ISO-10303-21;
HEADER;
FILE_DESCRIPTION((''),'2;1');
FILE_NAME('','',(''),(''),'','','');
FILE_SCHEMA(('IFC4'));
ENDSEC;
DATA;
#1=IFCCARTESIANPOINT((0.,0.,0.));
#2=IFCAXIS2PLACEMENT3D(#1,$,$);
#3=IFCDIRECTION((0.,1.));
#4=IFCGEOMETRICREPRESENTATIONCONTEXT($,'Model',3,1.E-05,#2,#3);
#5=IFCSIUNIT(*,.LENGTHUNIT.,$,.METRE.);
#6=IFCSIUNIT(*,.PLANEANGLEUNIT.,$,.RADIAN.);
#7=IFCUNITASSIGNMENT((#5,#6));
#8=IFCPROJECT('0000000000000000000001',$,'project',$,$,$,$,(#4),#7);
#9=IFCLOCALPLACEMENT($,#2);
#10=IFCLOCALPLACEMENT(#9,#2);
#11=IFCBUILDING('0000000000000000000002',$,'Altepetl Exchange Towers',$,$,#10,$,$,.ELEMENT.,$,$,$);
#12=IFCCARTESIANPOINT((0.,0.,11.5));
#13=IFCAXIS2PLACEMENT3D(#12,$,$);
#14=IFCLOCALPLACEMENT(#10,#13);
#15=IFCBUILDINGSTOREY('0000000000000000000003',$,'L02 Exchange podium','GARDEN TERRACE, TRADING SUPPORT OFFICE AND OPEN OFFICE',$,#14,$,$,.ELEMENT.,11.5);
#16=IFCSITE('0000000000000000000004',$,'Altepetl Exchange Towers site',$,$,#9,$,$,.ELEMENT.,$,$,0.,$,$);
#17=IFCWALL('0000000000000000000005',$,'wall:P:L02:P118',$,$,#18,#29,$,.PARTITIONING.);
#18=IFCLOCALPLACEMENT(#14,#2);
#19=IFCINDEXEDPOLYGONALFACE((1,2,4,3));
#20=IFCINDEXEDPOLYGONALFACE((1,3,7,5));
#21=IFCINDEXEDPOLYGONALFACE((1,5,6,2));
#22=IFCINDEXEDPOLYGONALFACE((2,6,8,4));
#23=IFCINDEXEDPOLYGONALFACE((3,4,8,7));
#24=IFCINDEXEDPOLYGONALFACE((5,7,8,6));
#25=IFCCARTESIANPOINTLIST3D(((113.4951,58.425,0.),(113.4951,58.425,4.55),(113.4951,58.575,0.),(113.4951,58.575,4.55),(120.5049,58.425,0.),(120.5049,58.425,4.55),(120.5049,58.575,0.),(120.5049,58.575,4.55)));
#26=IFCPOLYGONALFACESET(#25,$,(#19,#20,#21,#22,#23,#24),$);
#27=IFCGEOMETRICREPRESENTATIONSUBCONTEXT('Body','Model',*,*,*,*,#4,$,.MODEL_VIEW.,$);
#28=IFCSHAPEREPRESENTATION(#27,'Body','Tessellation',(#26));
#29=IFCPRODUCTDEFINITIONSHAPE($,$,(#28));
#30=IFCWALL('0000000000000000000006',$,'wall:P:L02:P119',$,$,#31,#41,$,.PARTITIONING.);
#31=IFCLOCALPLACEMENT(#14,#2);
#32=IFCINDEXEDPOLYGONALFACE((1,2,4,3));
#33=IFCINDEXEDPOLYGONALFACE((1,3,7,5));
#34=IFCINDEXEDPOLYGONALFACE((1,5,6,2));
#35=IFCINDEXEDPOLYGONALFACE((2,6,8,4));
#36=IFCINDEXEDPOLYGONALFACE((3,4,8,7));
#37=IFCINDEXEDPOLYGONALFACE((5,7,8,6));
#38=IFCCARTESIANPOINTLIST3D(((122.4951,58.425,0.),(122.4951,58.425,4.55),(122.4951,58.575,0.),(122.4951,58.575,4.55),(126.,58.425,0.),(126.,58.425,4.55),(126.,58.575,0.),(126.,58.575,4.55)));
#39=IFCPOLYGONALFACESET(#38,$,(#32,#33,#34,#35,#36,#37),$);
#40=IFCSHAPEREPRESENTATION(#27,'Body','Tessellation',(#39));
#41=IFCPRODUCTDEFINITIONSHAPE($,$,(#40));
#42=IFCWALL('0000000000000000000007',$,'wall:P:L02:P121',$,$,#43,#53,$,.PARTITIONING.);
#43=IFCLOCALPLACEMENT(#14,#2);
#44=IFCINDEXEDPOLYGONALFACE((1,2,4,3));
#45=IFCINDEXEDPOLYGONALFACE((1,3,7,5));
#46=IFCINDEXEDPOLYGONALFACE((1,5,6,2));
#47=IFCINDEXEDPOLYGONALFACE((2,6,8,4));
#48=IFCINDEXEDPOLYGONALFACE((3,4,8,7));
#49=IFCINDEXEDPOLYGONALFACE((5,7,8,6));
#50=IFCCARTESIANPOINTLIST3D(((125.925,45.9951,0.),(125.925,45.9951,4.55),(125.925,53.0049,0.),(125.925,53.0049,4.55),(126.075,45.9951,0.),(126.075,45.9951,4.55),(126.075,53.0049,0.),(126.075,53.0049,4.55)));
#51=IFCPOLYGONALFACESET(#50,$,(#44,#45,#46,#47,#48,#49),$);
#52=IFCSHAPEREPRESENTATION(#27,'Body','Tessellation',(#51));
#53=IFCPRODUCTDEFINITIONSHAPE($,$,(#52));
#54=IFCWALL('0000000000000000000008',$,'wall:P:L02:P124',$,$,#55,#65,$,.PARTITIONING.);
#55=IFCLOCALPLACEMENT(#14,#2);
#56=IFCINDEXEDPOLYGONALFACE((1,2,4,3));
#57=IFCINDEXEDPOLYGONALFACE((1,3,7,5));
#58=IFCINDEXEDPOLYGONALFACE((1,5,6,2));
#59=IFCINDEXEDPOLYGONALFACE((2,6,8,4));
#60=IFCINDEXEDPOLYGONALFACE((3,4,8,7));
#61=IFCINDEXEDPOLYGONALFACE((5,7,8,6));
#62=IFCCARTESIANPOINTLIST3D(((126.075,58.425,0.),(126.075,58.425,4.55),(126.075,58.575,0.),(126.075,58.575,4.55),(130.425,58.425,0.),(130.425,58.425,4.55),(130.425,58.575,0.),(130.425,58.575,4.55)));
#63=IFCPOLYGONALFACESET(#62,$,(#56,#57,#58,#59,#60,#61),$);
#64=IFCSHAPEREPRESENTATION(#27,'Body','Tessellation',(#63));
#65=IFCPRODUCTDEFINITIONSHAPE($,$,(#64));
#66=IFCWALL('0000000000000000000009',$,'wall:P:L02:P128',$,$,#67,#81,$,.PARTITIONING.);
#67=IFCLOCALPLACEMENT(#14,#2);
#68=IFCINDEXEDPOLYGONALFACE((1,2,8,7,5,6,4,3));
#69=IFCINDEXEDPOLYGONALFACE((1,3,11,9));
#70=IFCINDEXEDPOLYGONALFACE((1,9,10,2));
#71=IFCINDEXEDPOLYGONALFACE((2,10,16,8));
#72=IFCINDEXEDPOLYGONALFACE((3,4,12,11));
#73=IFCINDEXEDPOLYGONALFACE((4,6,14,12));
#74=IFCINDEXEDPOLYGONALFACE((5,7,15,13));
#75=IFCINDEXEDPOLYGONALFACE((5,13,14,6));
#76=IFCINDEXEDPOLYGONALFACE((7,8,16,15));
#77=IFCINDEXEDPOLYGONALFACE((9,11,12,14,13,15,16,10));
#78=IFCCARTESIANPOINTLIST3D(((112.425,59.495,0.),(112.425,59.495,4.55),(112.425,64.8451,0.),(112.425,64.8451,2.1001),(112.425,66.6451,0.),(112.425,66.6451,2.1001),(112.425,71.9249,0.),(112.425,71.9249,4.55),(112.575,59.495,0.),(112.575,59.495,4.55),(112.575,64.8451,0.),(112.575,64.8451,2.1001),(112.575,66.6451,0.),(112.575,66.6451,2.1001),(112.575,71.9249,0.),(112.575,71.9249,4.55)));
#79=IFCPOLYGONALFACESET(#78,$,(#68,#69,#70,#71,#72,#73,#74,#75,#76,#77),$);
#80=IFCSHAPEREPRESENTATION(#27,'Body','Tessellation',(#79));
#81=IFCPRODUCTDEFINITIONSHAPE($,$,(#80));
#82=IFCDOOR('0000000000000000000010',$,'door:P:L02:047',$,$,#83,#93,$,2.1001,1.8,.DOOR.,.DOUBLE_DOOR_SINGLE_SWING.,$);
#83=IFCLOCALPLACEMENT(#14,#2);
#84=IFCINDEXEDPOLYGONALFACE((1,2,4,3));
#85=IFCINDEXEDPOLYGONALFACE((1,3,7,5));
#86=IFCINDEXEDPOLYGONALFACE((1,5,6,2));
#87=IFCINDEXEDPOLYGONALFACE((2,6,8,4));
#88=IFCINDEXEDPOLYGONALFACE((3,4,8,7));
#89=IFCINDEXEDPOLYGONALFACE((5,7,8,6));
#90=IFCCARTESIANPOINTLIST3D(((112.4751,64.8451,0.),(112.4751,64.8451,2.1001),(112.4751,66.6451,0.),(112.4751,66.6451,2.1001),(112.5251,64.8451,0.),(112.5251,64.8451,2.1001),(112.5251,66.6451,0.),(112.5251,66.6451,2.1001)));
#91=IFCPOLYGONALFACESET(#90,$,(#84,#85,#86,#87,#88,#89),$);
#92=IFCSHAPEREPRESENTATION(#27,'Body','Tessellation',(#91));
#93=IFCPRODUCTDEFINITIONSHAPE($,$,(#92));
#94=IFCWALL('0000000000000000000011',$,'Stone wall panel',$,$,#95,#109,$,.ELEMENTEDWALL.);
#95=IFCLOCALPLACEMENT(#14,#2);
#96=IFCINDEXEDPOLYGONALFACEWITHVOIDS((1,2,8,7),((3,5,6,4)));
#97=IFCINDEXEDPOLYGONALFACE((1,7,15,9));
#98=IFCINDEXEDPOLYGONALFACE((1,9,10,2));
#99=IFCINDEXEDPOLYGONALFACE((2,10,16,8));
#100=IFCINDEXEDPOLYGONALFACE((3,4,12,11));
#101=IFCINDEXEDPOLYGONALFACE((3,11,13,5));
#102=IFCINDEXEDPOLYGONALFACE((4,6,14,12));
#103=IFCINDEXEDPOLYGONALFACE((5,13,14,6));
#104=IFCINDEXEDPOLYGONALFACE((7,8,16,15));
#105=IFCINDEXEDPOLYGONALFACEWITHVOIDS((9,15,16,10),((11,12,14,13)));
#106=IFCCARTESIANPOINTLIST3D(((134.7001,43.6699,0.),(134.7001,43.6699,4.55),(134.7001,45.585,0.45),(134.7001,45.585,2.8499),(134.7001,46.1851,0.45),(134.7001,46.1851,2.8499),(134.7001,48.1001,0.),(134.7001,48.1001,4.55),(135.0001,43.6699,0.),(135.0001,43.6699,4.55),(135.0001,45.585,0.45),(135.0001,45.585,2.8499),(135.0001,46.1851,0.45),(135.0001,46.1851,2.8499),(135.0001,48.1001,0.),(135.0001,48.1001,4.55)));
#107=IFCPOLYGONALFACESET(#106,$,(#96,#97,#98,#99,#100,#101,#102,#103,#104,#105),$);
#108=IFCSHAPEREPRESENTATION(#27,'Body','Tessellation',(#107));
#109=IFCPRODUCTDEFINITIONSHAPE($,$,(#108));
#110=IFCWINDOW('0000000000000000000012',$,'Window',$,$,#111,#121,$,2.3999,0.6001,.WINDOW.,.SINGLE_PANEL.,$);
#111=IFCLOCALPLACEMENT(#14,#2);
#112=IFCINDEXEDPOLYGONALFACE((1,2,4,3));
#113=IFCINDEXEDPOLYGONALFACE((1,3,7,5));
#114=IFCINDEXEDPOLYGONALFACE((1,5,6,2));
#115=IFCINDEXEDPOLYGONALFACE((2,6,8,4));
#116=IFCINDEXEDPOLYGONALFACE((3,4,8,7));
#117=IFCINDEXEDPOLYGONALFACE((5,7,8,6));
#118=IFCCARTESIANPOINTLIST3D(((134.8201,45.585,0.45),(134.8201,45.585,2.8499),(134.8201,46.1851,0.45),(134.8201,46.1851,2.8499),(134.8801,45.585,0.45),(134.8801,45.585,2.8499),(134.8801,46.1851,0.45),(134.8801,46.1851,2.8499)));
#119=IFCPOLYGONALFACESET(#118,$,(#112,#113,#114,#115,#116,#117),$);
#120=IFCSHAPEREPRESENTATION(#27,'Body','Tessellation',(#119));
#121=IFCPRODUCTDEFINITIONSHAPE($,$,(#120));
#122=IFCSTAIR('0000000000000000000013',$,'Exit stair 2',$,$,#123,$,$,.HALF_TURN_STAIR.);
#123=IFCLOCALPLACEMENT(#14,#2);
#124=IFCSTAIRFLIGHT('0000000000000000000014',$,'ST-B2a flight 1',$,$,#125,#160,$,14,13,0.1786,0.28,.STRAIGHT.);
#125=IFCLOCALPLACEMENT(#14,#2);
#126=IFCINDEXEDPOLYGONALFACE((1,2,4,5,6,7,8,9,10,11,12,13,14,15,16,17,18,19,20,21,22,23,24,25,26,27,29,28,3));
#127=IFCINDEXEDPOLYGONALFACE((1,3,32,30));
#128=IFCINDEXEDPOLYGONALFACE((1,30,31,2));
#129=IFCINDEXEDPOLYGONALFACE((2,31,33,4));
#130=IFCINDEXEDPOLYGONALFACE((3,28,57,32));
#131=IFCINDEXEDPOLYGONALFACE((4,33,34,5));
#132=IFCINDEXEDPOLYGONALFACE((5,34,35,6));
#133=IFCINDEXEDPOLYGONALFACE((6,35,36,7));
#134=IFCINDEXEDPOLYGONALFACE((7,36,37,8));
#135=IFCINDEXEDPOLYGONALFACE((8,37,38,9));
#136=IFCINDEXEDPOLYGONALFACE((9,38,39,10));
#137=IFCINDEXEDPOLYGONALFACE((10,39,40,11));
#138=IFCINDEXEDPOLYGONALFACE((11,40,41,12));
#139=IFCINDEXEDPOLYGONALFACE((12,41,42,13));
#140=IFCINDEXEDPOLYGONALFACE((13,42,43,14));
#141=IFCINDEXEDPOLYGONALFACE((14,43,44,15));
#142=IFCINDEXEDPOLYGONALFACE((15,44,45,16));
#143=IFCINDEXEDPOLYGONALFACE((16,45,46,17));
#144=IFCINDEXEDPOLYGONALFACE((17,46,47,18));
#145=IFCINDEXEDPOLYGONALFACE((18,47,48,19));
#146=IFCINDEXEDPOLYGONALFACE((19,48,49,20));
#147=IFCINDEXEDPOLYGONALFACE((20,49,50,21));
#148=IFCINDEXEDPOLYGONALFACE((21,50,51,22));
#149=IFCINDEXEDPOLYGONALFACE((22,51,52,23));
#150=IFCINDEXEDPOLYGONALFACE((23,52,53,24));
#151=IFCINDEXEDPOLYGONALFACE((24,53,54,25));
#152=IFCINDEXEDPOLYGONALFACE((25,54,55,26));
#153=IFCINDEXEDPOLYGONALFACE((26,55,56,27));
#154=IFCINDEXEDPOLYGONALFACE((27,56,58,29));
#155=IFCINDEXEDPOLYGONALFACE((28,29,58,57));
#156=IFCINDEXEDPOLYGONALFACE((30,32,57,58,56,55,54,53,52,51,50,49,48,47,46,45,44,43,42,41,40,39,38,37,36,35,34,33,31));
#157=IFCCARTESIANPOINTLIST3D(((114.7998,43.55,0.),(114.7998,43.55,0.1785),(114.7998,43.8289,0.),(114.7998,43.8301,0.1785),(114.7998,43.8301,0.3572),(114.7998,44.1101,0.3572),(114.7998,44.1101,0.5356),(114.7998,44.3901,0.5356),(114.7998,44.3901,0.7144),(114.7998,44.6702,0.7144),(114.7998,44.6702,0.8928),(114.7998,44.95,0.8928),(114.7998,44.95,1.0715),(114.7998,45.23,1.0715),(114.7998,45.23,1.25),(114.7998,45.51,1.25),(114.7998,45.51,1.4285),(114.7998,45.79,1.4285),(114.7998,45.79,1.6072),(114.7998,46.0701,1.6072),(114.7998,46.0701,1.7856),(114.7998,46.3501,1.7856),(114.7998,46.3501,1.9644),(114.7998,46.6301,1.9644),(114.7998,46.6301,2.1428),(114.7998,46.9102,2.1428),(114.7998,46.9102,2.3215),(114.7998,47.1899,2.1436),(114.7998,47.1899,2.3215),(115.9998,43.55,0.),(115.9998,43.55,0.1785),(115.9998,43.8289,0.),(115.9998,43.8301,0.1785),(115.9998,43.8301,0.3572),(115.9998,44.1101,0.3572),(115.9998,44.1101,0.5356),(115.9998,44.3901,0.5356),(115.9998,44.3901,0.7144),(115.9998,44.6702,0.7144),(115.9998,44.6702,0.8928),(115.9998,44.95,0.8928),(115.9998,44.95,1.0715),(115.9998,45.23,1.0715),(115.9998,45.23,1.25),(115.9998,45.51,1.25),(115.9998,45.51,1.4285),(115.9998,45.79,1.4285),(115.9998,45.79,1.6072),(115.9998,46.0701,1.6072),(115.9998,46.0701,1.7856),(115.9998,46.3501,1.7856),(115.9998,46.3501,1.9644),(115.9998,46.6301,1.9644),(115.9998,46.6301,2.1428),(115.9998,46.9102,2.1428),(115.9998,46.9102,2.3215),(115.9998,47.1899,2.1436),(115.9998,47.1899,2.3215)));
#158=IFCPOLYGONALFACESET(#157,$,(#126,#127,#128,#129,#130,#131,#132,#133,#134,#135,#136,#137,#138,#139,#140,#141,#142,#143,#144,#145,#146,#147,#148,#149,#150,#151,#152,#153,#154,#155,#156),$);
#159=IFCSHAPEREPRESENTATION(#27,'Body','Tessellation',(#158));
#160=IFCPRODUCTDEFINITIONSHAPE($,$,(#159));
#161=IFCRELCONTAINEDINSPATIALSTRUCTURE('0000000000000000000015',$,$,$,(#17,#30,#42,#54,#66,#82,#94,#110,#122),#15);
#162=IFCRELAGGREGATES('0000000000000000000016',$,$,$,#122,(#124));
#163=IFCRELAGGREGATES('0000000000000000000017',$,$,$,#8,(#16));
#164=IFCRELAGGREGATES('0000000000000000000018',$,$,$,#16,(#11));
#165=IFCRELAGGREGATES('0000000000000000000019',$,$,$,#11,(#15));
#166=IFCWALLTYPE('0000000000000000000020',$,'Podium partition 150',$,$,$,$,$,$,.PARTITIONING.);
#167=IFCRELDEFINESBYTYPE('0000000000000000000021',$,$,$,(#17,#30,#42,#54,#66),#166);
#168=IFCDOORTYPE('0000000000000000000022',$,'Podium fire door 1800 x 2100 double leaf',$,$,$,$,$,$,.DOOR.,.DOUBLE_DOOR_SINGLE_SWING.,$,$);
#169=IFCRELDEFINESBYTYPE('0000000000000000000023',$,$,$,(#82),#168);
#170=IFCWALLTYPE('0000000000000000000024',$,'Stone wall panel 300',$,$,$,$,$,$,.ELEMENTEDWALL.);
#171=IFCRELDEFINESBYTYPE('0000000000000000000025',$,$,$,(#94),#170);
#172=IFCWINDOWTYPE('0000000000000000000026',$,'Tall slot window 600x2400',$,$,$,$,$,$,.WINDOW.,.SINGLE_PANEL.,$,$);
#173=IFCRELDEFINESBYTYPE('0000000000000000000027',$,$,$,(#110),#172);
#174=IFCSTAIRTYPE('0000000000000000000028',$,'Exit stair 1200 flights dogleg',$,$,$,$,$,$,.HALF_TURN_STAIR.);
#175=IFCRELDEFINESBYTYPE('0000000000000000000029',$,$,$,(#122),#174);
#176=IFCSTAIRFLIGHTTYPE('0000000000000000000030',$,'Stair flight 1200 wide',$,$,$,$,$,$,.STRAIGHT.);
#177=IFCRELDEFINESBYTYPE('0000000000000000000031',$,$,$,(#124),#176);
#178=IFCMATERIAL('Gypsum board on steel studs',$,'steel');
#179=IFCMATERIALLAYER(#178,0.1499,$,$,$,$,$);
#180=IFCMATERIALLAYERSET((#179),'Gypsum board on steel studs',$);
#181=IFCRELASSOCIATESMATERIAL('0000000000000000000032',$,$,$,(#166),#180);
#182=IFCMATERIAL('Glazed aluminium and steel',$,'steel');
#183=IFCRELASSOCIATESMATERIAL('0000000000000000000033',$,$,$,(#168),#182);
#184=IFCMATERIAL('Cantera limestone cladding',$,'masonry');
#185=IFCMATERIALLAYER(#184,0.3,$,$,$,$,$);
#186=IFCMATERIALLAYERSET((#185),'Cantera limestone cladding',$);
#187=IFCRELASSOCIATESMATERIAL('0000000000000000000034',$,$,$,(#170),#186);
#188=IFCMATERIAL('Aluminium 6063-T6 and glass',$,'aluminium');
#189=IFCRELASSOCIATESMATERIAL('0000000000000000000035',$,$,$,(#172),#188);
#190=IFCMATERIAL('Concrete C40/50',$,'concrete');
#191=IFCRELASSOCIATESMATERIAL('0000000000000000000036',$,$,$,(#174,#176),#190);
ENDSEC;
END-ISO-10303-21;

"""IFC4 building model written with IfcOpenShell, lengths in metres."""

from ifc_helpers import new_model, si_unit, direction, frame, frame_2d, origin, place, context, subcontext, project, spatial, polyline, rectangle, outline, extrude, material, layer, layer_set, type_object, element, fill, aggregate, save


model = new_model("IFC4")

# Units and contexts
model_context = context("Model", 3, precision=1e-05, world=origin(), true_north=direction((0.0, 1.0)))
body_context = subcontext(model_context, "Body", "Model", "MODEL_VIEW")
ifc_project = project(units=[si_unit("LENGTHUNIT", "METRE"), si_unit("PLANEANGLEUNIT", "RADIAN")], contexts=[model_context])

# Site, building, storey
site_placement = place(None, origin())
site = spatial("IfcSite", under=ifc_project, at=site_placement, Name="Altepetl Exchange Towers site", CompositionType="ELEMENT", RefElevation=0.0)
building_placement = place(site_placement, origin())
building = spatial("IfcBuilding", under=site, at=building_placement, Name="Altepetl Exchange Towers", CompositionType="ELEMENT")
storey_placement = place(building_placement, frame((0.0, 0.0, 11.5)))
storey = spatial("IfcBuildingStorey", under=building, at=storey_placement, Name="L02 Exchange podium", Description="GARDEN TERRACE, TRADING SUPPORT OFFICE AND OPEN OFFICE", CompositionType="ELEMENT", Elevation=11.5)

# Shared definitions
ifc_material_1 = material(Name="Gypsum board on steel studs", Category="steel")
ifc_layer_1 = layer(ifc_material_1, 0.1499)
ifc_layer_set_1 = layer_set([ifc_layer_1], Name="Gypsum board on steel studs")
wall_type_1 = type_object("IfcWallType", Name="Podium partition 150", PredefinedType="PARTITIONING", material=ifc_layer_set_1)
ifc_material_2 = material(Name="Glazed aluminium and steel", Category="steel")
door_type = type_object("IfcDoorType", Name="Podium fire door 1800 x 2100 double leaf", OperationType="DOUBLE_DOOR_SINGLE_SWING", PredefinedType="DOOR", material=ifc_material_2)

# Walls
wall_1_placement = place(storey_placement, frame((113.4951, 58.5, 0.0)))
element("IfcWall", 1, at=wall_1_placement, inside=storey, type_object=wall_type_1, Name="wall:P:L02:P118", PredefinedType="PARTITIONING", context=body_context, shape_type="SweptSolid", body=[
    extrude(rectangle(XDim=7.0098, YDim=0.1499, at=frame_2d((3.5049, 0.0))), origin(), (0.0, 0.0, 1.0), 4.55),
])
wall_2_placement = place(storey_placement, frame((122.4951, 58.5, 0.0)))
element("IfcWall", 2, at=wall_2_placement, inside=storey, type_object=wall_type_1, Name="wall:P:L02:P119", PredefinedType="PARTITIONING", context=body_context, shape_type="SweptSolid", body=[
    extrude(rectangle(XDim=3.5049, YDim=0.1499, at=frame_2d((1.7524, 0.0))), origin(), (0.0, 0.0, 1.0), 4.55),
])
wall_3_placement = place(storey_placement, frame((126.0, 45.9951, 0.0), z_axis=(0.0, 0.0, 1.0), x_axis=(0.0, 1.0, 0.0)))
element("IfcWall", 3, at=wall_3_placement, inside=storey, type_object=wall_type_1, Name="wall:P:L02:P121", PredefinedType="PARTITIONING", context=body_context, shape_type="SweptSolid", body=[
    extrude(rectangle(XDim=7.0098, YDim=0.1499, at=frame_2d((3.5049, 0.0))), origin(), (0.0, 0.0, 1.0), 4.55),
])
wall_4_placement = place(storey_placement, frame((126.075, 58.5, 0.0)))
element("IfcWall", 4, at=wall_4_placement, inside=storey, type_object=wall_type_1, Name="wall:P:L02:P124", PredefinedType="PARTITIONING", context=body_context, shape_type="SweptSolid", body=[
    extrude(rectangle(XDim=4.3501, YDim=0.1499, at=frame_2d((2.175, 0.0))), origin(), (0.0, 0.0, 1.0), 4.55),
])

# Wall, opening, door
wall_5_placement = place(storey_placement, frame((112.5, 59.4951, 0.0), z_axis=(0.0, 0.0, 1.0), x_axis=(0.0, 1.0, 0.0)))
wall_5 = element("IfcWall", 5, at=wall_5_placement, inside=storey, type_object=wall_type_1, Name="wall:P:L02:P128", PredefinedType="PARTITIONING", context=body_context, shape_type="SweptSolid", body=[
    extrude(rectangle(XDim=12.4299, YDim=0.1499, at=frame_2d((6.2148, 0.0))), origin(), (0.0, 0.0, 1.0), 4.55),
])
opening_1_placement = place(wall_5_placement, frame((5.3501, 0.0, 0.0)))
opening_1 = element("IfcOpeningElement", 6, at=opening_1_placement, cuts=wall_5, PredefinedType="OPENING", context=body_context, shape_type="SweptSolid", body=[
    extrude(rectangle(XDim=1.8, YDim=2.1001, at=frame_2d((0.8999, 1.05))), frame((0.0, 0.085, 0.0), z_axis=(0.0, -1.0, 0.0), x_axis=(1.0, 0.0, 0.0)), (0.0, 0.0, 1.0), 0.1699),
])
door_1_placement = place(opening_1_placement, origin())
door_1 = element("IfcDoor", 7, at=door_1_placement, inside=storey, type_object=door_type, Name="door:P:L02:047", OperationType="DOUBLE_DOOR_SINGLE_SWING", OverallHeight=2.1001, OverallWidth=1.8, PredefinedType="DOOR", context=body_context, shape_type="SweptSolid", body=[
    extrude(rectangle(XDim=1.8, YDim=2.1001, at=frame_2d((0.8999, 1.05))), frame((0.0, 0.0249, 0.0), z_axis=(0.0, -1.0, 0.0), x_axis=(1.0, 0.0, 0.0)), (0.0, 0.0, 1.0), 0.05),
])
fill(opening_1, door_1)

# Wall, opening, window
ifc_material_3 = material(Name="Cantera limestone cladding", Category="masonry")
ifc_layer_2 = layer(ifc_material_3, 0.3)
ifc_layer_set_2 = layer_set([ifc_layer_2], Name="Cantera limestone cladding")
wall_type_2 = type_object("IfcWallType", Name="Stone wall panel 300", PredefinedType="ELEMENTEDWALL", material=ifc_layer_set_2)
wall_6_placement = place(storey_placement, frame((134.8501, 43.6699, 0.0), z_axis=(0.0, 0.0, 1.0), x_axis=(0.0, 1.0, 0.0)))
wall_6 = element("IfcWall", 8, at=wall_6_placement, inside=storey, type_object=wall_type_2, Name="Stone wall panel", PredefinedType="ELEMENTEDWALL", context=body_context, shape_type="SweptSolid", body=[
    extrude(rectangle(XDim=4.4302, YDim=0.3, at=frame_2d((2.2151, 0.0))), origin(), (0.0, 0.0, 1.0), 4.55),
])
opening_2_placement = place(wall_6_placement, frame((1.915, 0.0, 0.45)))
opening_2 = element("IfcOpeningElement", 9, at=opening_2_placement, cuts=wall_6, PredefinedType="OPENING", context=body_context, shape_type="SweptSolid", body=[
    extrude(rectangle(XDim=0.6001, YDim=2.3999, at=frame_2d((0.3, 1.2))), frame((0.0, 0.1602, 0.0), z_axis=(0.0, -1.0, 0.0), x_axis=(1.0, 0.0, 0.0)), (0.0, 0.0, 1.0), 0.3201),
])
ifc_material_4 = material(Name="Aluminium 6063-T6 and glass", Category="aluminium")
window_type = type_object("IfcWindowType", Name="Tall slot window 600x2400", PartitioningType="SINGLE_PANEL", PredefinedType="WINDOW", material=ifc_material_4)
window_placement = place(opening_2_placement, origin())
window = element("IfcWindow", 10, at=window_placement, inside=storey, type_object=window_type, Name="Window", OverallHeight=2.3999, OverallWidth=0.6001, PartitioningType="SINGLE_PANEL", PredefinedType="WINDOW", context=body_context, shape_type="SweptSolid", body=[
    extrude(rectangle(XDim=0.6001, YDim=2.3999, at=frame_2d((0.3, 1.2))), frame((0.0, 0.03, 0.0), z_axis=(0.0, -1.0, 0.0), x_axis=(1.0, 0.0, 0.0)), (0.0, 0.0, 1.0), 0.0601),
])
fill(opening_2, window)

# Stair, stair flight
ifc_material_5 = material(Name="Concrete C40/50", Category="concrete")
stair_type = type_object("IfcStairType", Name="Exit stair 1200 flights dogleg", PredefinedType="HALF_TURN_STAIR", material=ifc_material_5)
stair_placement = place(storey_placement, origin())
stair = element("IfcStair", 11, at=stair_placement, inside=storey, type_object=stair_type, Name="Exit stair 2", PredefinedType="HALF_TURN_STAIR")
stair_flight_type = type_object("IfcStairFlightType", Name="Stair flight 1200 wide", PredefinedType="STRAIGHT", material=ifc_material_5)
stair_flight_1_placement = place(storey_placement, frame((115.3999, 43.55, 0.0), z_axis=(0.0, 0.0, 1.0), x_axis=(0.0, 1.0, 0.0)))
stair_flight_1 = element("IfcStairFlight", 12, at=stair_flight_1_placement, type_object=stair_flight_type, Name="ST-B2a flight 1", NumberOfRisers=14, NumberOfTreads=13, PredefinedType="STRAIGHT", RiserHeight=0.1786, TreadLength=0.28, context=body_context, shape_type="SweptSolid", body=[
    extrude(outline(polyline([(0.0, 0.0), (0.0, 0.1785), (0.28, 0.1785), (0.28, 0.3572), (0.5601, 0.3572), (0.5601, 0.5356), (0.8401, 0.5356), (0.8401, 0.7144), (1.1201, 0.7144), (1.1201, 0.8928), (1.3999, 0.8928), (1.3999, 1.0715), (1.6799, 1.0715), (1.6799, 1.25), (1.96, 1.25), (1.96, 1.4285), (2.24, 1.4285), (2.24, 1.6072), (2.52, 1.6072), (2.52, 1.7856), (2.8, 1.7856), (2.8, 1.9644), (3.0801, 1.9644), (3.0801, 2.1428), (3.3601, 2.1428), (3.3601, 2.3215), (3.6399, 2.3215), (3.6399, 2.5), (3.6399, 2.1436), (0.2788, 0.0), (0.0, 0.0)])), frame((0.0, 0.6001, 0.0), z_axis=(0.0, -1.0, 0.0), x_axis=(1.0, 0.0, 0.0)), (0.0, 0.0, 1.0), 1.2),
])
aggregate(stair, [stair_flight_1])

save(model, "model.ifc")
